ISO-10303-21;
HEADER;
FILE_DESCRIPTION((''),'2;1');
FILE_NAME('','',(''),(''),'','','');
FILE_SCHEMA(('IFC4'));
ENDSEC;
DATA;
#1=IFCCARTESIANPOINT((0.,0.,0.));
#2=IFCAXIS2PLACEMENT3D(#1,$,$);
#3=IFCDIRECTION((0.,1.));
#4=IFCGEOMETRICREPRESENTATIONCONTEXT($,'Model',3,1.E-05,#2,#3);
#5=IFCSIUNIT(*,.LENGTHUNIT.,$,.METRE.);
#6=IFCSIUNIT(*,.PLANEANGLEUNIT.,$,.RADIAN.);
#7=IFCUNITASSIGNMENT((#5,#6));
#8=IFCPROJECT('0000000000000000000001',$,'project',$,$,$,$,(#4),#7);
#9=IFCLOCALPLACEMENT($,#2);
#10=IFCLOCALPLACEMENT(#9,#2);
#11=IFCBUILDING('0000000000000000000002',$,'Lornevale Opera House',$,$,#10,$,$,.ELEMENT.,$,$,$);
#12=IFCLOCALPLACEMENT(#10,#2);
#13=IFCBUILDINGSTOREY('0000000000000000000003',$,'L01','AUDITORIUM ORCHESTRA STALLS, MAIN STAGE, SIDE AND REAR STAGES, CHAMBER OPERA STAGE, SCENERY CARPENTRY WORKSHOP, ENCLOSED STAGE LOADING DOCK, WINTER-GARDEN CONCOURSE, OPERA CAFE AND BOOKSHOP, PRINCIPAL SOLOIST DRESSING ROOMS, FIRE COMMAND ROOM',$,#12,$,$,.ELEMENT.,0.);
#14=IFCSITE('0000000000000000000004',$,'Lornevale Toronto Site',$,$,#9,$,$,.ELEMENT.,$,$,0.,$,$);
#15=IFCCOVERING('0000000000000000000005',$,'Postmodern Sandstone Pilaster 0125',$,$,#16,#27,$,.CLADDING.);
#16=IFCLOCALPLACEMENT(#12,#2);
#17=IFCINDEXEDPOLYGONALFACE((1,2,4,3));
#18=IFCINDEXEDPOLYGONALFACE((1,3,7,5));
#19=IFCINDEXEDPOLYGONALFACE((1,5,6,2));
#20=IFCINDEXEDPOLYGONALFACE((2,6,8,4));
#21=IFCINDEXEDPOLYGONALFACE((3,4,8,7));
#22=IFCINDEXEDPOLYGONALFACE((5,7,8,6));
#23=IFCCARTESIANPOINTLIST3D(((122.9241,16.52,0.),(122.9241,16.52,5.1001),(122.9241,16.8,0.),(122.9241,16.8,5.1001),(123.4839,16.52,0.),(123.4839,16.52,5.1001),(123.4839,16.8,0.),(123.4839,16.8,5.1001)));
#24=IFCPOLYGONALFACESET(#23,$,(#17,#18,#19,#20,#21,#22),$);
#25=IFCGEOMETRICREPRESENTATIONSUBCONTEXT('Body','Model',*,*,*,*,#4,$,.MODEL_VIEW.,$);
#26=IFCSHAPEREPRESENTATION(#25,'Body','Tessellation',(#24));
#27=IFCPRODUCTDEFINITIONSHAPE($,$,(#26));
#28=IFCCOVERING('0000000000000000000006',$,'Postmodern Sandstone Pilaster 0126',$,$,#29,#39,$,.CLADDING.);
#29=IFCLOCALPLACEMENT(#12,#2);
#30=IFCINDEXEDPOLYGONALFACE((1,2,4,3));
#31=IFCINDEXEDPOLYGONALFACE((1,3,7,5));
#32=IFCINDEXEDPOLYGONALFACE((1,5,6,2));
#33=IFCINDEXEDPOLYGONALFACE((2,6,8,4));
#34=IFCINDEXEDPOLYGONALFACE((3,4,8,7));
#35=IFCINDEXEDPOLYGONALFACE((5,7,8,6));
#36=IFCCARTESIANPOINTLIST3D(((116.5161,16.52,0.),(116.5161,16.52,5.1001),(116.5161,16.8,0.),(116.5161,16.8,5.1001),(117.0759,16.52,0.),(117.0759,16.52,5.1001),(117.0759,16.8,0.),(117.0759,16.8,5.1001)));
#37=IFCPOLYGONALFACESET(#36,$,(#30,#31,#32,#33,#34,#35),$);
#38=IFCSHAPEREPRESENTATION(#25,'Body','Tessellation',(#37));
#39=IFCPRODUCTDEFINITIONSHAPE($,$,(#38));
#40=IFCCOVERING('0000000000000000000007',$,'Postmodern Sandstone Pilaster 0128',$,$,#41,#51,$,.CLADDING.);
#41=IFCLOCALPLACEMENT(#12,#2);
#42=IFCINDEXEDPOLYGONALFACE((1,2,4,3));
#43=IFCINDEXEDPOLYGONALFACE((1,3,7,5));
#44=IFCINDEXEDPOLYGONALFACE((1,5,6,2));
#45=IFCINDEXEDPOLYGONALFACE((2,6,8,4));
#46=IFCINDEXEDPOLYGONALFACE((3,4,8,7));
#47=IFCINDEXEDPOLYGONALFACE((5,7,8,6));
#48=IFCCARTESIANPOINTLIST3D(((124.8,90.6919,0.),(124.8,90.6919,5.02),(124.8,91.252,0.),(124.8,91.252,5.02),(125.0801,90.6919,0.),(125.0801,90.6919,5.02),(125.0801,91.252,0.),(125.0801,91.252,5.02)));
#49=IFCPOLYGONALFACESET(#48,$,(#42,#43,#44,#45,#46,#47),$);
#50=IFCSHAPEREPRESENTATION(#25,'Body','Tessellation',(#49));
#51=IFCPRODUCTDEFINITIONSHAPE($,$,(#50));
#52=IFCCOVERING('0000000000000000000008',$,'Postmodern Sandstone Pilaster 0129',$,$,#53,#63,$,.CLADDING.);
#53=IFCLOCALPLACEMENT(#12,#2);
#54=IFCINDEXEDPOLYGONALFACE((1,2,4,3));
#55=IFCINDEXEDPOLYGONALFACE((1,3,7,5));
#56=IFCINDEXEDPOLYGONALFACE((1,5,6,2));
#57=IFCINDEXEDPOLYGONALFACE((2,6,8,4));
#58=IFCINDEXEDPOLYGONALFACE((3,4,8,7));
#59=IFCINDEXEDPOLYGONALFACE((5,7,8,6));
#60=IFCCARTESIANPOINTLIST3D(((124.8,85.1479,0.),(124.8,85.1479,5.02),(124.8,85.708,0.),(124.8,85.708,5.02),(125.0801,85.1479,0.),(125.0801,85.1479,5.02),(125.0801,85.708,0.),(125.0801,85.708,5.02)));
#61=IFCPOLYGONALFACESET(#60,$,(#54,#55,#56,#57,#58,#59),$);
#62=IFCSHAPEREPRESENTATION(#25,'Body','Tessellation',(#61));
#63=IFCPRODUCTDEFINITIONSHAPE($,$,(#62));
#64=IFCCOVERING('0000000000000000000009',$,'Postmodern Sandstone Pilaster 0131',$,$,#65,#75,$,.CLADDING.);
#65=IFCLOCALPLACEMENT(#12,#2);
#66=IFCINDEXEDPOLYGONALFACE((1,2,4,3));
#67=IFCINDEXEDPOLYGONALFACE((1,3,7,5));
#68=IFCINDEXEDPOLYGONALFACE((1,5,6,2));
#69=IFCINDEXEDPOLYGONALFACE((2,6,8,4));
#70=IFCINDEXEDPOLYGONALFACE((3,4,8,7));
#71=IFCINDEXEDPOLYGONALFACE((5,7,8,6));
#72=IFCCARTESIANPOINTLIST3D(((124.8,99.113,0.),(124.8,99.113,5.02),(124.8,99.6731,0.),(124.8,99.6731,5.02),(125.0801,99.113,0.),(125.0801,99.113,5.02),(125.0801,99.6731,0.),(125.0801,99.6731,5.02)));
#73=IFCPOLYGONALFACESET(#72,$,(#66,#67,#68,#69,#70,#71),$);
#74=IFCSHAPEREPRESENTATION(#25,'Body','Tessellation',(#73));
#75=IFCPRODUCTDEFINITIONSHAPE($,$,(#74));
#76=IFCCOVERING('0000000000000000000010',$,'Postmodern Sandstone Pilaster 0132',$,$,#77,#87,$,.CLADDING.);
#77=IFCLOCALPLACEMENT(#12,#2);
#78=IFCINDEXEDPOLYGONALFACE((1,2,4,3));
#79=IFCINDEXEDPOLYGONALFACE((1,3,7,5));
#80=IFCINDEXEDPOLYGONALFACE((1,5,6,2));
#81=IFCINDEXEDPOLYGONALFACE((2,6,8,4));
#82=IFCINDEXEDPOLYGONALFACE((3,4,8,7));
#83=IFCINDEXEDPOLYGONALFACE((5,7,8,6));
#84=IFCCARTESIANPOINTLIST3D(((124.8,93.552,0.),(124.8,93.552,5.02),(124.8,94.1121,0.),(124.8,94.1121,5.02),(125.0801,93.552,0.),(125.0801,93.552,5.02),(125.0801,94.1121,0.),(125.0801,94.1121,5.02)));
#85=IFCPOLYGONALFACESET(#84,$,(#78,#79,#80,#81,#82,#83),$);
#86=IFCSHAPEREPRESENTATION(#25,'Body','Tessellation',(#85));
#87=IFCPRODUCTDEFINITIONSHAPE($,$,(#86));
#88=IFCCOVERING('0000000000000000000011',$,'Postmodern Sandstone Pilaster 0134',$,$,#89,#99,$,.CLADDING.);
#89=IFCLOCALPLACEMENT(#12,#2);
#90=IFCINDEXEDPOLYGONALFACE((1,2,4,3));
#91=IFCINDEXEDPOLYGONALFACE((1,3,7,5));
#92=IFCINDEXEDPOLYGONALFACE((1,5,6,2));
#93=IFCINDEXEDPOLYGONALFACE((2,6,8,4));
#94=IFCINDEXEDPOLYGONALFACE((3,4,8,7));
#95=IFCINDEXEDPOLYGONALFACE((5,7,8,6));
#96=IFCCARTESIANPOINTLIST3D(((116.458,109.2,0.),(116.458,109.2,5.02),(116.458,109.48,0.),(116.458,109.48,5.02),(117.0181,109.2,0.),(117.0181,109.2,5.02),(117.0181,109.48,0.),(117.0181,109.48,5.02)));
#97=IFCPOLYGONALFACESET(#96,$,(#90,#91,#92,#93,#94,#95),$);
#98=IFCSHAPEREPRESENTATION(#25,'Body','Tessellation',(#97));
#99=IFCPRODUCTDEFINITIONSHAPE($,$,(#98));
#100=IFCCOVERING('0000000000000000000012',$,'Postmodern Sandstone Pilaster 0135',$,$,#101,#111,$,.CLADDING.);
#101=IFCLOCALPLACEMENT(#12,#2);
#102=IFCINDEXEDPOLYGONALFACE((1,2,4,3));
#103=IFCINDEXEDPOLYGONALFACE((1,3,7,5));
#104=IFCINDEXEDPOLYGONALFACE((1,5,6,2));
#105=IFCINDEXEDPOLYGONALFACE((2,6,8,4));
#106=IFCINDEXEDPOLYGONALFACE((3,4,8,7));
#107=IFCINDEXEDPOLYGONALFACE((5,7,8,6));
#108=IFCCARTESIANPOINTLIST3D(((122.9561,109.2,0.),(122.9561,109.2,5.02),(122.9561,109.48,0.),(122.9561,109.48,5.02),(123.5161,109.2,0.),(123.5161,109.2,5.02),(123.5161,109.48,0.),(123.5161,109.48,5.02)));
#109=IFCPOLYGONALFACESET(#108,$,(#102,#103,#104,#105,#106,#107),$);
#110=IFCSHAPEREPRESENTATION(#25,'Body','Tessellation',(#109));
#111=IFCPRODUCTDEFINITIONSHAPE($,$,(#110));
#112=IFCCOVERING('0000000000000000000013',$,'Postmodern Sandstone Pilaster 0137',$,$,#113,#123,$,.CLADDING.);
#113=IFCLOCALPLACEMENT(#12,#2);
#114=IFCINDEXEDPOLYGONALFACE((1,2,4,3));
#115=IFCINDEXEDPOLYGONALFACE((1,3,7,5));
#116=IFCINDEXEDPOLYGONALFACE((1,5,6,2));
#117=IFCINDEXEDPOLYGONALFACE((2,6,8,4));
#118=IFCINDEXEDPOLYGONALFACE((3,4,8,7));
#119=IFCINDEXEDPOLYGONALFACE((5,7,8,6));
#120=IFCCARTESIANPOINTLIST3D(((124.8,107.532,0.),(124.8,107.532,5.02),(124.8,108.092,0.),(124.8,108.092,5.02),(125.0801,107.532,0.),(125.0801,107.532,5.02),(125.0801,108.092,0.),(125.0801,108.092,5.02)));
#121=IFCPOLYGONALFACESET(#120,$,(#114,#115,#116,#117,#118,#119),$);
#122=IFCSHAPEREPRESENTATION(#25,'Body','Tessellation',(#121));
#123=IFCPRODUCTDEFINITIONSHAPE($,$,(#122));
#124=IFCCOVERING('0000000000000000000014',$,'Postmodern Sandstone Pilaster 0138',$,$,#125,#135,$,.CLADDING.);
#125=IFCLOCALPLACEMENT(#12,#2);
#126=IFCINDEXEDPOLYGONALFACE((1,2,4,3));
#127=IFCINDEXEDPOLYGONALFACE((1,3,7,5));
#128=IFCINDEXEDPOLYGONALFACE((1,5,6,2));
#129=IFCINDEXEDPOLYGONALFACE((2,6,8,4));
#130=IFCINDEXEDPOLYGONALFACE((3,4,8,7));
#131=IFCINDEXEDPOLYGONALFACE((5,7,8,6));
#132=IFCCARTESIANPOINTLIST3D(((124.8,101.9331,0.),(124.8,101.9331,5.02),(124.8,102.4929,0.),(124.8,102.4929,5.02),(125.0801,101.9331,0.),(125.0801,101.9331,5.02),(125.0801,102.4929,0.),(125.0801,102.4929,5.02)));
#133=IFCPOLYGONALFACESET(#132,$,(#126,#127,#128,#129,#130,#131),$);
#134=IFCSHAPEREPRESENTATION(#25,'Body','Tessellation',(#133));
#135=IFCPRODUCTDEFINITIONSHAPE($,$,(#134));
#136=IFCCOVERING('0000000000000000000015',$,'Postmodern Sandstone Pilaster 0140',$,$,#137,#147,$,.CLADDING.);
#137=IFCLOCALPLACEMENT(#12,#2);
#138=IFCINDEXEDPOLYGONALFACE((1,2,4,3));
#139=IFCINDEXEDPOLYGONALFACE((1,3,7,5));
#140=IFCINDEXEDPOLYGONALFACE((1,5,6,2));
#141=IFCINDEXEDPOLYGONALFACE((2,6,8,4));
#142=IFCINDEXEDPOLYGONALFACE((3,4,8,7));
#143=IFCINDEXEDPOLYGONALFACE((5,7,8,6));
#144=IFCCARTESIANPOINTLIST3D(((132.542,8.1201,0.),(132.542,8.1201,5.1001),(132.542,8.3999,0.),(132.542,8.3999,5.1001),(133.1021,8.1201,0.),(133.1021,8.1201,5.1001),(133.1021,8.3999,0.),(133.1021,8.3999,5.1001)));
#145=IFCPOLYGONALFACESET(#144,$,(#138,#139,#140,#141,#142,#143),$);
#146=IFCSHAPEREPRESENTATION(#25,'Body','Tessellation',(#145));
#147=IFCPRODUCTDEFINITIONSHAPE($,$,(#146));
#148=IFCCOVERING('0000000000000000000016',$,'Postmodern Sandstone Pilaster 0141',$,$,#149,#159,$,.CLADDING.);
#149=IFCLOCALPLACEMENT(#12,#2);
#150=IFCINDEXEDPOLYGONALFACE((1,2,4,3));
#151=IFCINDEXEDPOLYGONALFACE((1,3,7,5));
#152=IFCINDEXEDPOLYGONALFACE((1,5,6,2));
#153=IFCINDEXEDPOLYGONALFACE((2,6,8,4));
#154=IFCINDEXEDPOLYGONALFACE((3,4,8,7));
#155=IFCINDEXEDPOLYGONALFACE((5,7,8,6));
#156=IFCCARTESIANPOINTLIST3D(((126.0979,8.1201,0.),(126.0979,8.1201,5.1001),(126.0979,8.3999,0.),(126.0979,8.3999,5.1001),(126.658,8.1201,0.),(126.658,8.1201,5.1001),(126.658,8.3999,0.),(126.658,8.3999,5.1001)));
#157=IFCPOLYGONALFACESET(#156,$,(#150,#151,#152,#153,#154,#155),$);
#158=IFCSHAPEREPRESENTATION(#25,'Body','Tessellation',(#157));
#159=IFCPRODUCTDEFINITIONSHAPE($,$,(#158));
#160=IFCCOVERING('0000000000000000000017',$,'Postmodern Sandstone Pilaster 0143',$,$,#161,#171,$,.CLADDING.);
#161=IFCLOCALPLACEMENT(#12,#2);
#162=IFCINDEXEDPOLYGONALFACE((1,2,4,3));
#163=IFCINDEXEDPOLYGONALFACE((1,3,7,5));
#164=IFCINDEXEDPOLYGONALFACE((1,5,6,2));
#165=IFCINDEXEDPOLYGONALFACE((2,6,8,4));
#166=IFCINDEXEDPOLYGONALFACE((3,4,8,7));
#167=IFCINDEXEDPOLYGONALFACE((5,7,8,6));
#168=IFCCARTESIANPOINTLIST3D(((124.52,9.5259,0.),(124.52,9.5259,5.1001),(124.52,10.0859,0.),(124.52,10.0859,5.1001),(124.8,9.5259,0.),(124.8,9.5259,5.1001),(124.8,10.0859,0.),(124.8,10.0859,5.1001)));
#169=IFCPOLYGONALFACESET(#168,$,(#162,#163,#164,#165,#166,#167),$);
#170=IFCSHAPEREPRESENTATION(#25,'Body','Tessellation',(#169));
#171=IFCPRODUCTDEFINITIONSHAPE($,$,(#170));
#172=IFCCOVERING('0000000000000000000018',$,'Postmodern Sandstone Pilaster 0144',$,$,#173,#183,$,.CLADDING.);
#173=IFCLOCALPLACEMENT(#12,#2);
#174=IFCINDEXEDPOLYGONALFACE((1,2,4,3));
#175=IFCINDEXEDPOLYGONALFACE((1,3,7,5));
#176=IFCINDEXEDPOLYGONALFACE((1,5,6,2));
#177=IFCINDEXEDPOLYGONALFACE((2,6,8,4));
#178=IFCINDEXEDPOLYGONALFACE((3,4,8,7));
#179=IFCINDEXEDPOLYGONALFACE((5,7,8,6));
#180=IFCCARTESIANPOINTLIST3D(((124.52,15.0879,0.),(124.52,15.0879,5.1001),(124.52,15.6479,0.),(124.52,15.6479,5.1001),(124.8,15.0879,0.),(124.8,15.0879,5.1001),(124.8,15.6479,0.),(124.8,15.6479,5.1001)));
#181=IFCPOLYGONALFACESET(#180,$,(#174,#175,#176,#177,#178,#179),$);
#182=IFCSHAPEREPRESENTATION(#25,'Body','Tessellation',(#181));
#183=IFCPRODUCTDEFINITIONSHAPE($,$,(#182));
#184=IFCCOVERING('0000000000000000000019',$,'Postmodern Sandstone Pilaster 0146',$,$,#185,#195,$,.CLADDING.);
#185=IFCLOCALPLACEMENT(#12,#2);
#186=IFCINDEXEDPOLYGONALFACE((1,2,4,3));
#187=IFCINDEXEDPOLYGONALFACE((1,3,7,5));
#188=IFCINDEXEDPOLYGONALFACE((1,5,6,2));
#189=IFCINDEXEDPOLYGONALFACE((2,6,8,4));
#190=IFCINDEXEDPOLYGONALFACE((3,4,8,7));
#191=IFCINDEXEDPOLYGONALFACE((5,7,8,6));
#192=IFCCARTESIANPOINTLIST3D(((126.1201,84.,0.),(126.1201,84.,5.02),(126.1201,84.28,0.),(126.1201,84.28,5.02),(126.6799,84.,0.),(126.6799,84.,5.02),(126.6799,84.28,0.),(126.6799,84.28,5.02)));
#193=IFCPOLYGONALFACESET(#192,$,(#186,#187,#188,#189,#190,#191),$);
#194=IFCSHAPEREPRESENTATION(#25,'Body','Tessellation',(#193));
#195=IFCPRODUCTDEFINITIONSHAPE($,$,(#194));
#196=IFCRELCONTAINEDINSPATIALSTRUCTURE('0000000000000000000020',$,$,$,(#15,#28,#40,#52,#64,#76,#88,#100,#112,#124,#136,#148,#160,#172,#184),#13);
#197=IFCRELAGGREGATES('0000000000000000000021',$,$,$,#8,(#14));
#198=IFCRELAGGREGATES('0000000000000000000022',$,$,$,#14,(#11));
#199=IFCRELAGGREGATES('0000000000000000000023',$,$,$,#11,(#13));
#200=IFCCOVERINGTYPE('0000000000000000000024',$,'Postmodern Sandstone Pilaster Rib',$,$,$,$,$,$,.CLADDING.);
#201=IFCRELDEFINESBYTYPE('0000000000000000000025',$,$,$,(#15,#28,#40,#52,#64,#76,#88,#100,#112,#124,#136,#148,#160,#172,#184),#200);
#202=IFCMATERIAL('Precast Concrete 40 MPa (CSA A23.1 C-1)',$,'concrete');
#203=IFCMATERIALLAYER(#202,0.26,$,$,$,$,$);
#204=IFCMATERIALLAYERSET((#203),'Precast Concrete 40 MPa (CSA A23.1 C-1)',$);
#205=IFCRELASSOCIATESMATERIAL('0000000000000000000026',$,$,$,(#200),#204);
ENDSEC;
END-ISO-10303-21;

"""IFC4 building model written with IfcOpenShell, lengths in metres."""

from ifc_helpers import new_model, si_unit, direction, origin, place, context, subcontext, project, spatial, polyline, outline, extrude, material, layer, layer_set, type_object, element, save


model = new_model("IFC4")

# Units and contexts
model_context = context("Model", 3, precision=1e-05, world=origin(), true_north=direction((0.0, 1.0)))
body_context = subcontext(model_context, "Body", "Model", "MODEL_VIEW")
ifc_project = project(units=[si_unit("LENGTHUNIT", "METRE"), si_unit("PLANEANGLEUNIT", "RADIAN")], contexts=[model_context])

# Site, building, storey
site_placement = place(None, origin())
site = spatial("IfcSite", under=ifc_project, at=site_placement, Name="Lornevale Toronto Site", CompositionType="ELEMENT", RefElevation=0.0)
building_placement = place(site_placement, origin())
building = spatial("IfcBuilding", under=site, at=building_placement, Name="Lornevale Opera House", CompositionType="ELEMENT")
storey_placement = place(building_placement, origin())
storey = spatial("IfcBuildingStorey", under=building, at=storey_placement, Name="L01", Description="AUDITORIUM ORCHESTRA STALLS, MAIN STAGE, SIDE AND REAR STAGES, CHAMBER OPERA STAGE, SCENERY CARPENTRY WORKSHOP, ENCLOSED STAGE LOADING DOCK, WINTER-GARDEN CONCOURSE, OPERA CAFE AND BOOKSHOP, PRINCIPAL SOLOIST DRESSING ROOMS, FIRE COMMAND ROOM", CompositionType="ELEMENT", Elevation=0.0)

# Coverings
ifc_material = material(Name="Precast Concrete 40 MPa (CSA A23.1 C-1)", Category="concrete")
ifc_layer = layer(ifc_material, 0.26)
ifc_layer_set = layer_set([ifc_layer], Name="Precast Concrete 40 MPa (CSA A23.1 C-1)")
covering_type = type_object("IfcCoveringType", Name="Postmodern Sandstone Pilaster Rib", PredefinedType="CLADDING", material=ifc_layer_set)
covering_1_placement = place(storey_placement, origin())
element("IfcCovering", 1, at=covering_1_placement, inside=storey, type_object=covering_type, Name="Postmodern Sandstone Pilaster 0125", PredefinedType="CLADDING", context=body_context, shape_type="SweptSolid", body=[
    extrude(outline(polyline([(123.4839, 16.8), (122.9241, 16.8), (122.9241, 16.52), (123.4839, 16.52), (123.4839, 16.8)])), origin(), (0.0, 0.0, 1.0), 5.1001),
])
covering_2_placement = place(storey_placement, origin())
element("IfcCovering", 2, at=covering_2_placement, inside=storey, type_object=covering_type, Name="Postmodern Sandstone Pilaster 0126", PredefinedType="CLADDING", context=body_context, shape_type="SweptSolid", body=[
    extrude(outline(polyline([(117.0759, 16.8), (116.5161, 16.8), (116.5161, 16.52), (117.0759, 16.52), (117.0759, 16.8)])), origin(), (0.0, 0.0, 1.0), 5.1001),
])
covering_3_placement = place(storey_placement, origin())
element("IfcCovering", 3, at=covering_3_placement, inside=storey, type_object=covering_type, Name="Postmodern Sandstone Pilaster 0128", PredefinedType="CLADDING", context=body_context, shape_type="SweptSolid", body=[
    extrude(outline(polyline([(124.8, 91.252), (124.8, 90.6919), (125.0801, 90.6919), (125.0801, 91.252), (124.8, 91.252)])), origin(), (0.0, 0.0, 1.0), 5.02),
])
covering_4_placement = place(storey_placement, origin())
element("IfcCovering", 4, at=covering_4_placement, inside=storey, type_object=covering_type, Name="Postmodern Sandstone Pilaster 0129", PredefinedType="CLADDING", context=body_context, shape_type="SweptSolid", body=[
    extrude(outline(polyline([(124.8, 85.708), (124.8, 85.1479), (125.0801, 85.1479), (125.0801, 85.708), (124.8, 85.708)])), origin(), (0.0, 0.0, 1.0), 5.02),
])
covering_5_placement = place(storey_placement, origin())
element("IfcCovering", 5, at=covering_5_placement, inside=storey, type_object=covering_type, Name="Postmodern Sandstone Pilaster 0131", PredefinedType="CLADDING", context=body_context, shape_type="SweptSolid", body=[
    extrude(outline(polyline([(124.8, 99.6731), (124.8, 99.113), (125.0801, 99.113), (125.0801, 99.6731), (124.8, 99.6731)])), origin(), (0.0, 0.0, 1.0), 5.02),
])
covering_6_placement = place(storey_placement, origin())
element("IfcCovering", 6, at=covering_6_placement, inside=storey, type_object=covering_type, Name="Postmodern Sandstone Pilaster 0132", PredefinedType="CLADDING", context=body_context, shape_type="SweptSolid", body=[
    extrude(outline(polyline([(124.8, 94.1121), (124.8, 93.552), (125.0801, 93.552), (125.0801, 94.1121), (124.8, 94.1121)])), origin(), (0.0, 0.0, 1.0), 5.02),
])
covering_7_placement = place(storey_placement, origin())
element("IfcCovering", 7, at=covering_7_placement, inside=storey, type_object=covering_type, Name="Postmodern Sandstone Pilaster 0134", PredefinedType="CLADDING", context=body_context, shape_type="SweptSolid", body=[
    extrude(outline(polyline([(116.458, 109.2), (117.0181, 109.2), (117.0181, 109.48), (116.458, 109.48), (116.458, 109.2)])), origin(), (0.0, 0.0, 1.0), 5.02),
])
covering_8_placement = place(storey_placement, origin())
element("IfcCovering", 8, at=covering_8_placement, inside=storey, type_object=covering_type, Name="Postmodern Sandstone Pilaster 0135", PredefinedType="CLADDING", context=body_context, shape_type="SweptSolid", body=[
    extrude(outline(polyline([(122.9561, 109.2), (123.5161, 109.2), (123.5161, 109.48), (122.9561, 109.48), (122.9561, 109.2)])), origin(), (0.0, 0.0, 1.0), 5.02),
])
covering_9_placement = place(storey_placement, origin())
element("IfcCovering", 9, at=covering_9_placement, inside=storey, type_object=covering_type, Name="Postmodern Sandstone Pilaster 0137", PredefinedType="CLADDING", context=body_context, shape_type="SweptSolid", body=[
    extrude(outline(polyline([(124.8, 108.092), (124.8, 107.532), (125.0801, 107.532), (125.0801, 108.092), (124.8, 108.092)])), origin(), (0.0, 0.0, 1.0), 5.02),
])
covering_10_placement = place(storey_placement, origin())
element("IfcCovering", 10, at=covering_10_placement, inside=storey, type_object=covering_type, Name="Postmodern Sandstone Pilaster 0138", PredefinedType="CLADDING", context=body_context, shape_type="SweptSolid", body=[
    extrude(outline(polyline([(124.8, 102.4929), (124.8, 101.9331), (125.0801, 101.9331), (125.0801, 102.4929), (124.8, 102.4929)])), origin(), (0.0, 0.0, 1.0), 5.02),
])
covering_11_placement = place(storey_placement, origin())
element("IfcCovering", 11, at=covering_11_placement, inside=storey, type_object=covering_type, Name="Postmodern Sandstone Pilaster 0140", PredefinedType="CLADDING", context=body_context, shape_type="SweptSolid", body=[
    extrude(outline(polyline([(133.1021, 8.3999), (132.542, 8.3999), (132.542, 8.1201), (133.1021, 8.1201), (133.1021, 8.3999)])), origin(), (0.0, 0.0, 1.0), 5.1001),
])
covering_12_placement = place(storey_placement, origin())
element("IfcCovering", 12, at=covering_12_placement, inside=storey, type_object=covering_type, Name="Postmodern Sandstone Pilaster 0141", PredefinedType="CLADDING", context=body_context, shape_type="SweptSolid", body=[
    extrude(outline(polyline([(126.658, 8.3999), (126.0979, 8.3999), (126.0979, 8.1201), (126.658, 8.1201), (126.658, 8.3999)])), origin(), (0.0, 0.0, 1.0), 5.1001),
])
covering_13_placement = place(storey_placement, origin())
element("IfcCovering", 13, at=covering_13_placement, inside=storey, type_object=covering_type, Name="Postmodern Sandstone Pilaster 0143", PredefinedType="CLADDING", context=body_context, shape_type="SweptSolid", body=[
    extrude(outline(polyline([(124.8, 9.5259), (124.8, 10.0859), (124.52, 10.0859), (124.52, 9.5259), (124.8, 9.5259)])), origin(), (0.0, 0.0, 1.0), 5.1001),
])
covering_14_placement = place(storey_placement, origin())
element("IfcCovering", 14, at=covering_14_placement, inside=storey, type_object=covering_type, Name="Postmodern Sandstone Pilaster 0144", PredefinedType="CLADDING", context=body_context, shape_type="SweptSolid", body=[
    extrude(outline(polyline([(124.8, 15.0879), (124.8, 15.6479), (124.52, 15.6479), (124.52, 15.0879), (124.8, 15.0879)])), origin(), (0.0, 0.0, 1.0), 5.1001),
])
covering_15_placement = place(storey_placement, origin())
element("IfcCovering", 15, at=covering_15_placement, inside=storey, type_object=covering_type, Name="Postmodern Sandstone Pilaster 0146", PredefinedType="CLADDING", context=body_context, shape_type="SweptSolid", body=[
    extrude(outline(polyline([(126.1201, 84.0), (126.6799, 84.0), (126.6799, 84.28), (126.1201, 84.28), (126.1201, 84.0)])), origin(), (0.0, 0.0, 1.0), 5.02),
])

save(model, "model.ifc")
